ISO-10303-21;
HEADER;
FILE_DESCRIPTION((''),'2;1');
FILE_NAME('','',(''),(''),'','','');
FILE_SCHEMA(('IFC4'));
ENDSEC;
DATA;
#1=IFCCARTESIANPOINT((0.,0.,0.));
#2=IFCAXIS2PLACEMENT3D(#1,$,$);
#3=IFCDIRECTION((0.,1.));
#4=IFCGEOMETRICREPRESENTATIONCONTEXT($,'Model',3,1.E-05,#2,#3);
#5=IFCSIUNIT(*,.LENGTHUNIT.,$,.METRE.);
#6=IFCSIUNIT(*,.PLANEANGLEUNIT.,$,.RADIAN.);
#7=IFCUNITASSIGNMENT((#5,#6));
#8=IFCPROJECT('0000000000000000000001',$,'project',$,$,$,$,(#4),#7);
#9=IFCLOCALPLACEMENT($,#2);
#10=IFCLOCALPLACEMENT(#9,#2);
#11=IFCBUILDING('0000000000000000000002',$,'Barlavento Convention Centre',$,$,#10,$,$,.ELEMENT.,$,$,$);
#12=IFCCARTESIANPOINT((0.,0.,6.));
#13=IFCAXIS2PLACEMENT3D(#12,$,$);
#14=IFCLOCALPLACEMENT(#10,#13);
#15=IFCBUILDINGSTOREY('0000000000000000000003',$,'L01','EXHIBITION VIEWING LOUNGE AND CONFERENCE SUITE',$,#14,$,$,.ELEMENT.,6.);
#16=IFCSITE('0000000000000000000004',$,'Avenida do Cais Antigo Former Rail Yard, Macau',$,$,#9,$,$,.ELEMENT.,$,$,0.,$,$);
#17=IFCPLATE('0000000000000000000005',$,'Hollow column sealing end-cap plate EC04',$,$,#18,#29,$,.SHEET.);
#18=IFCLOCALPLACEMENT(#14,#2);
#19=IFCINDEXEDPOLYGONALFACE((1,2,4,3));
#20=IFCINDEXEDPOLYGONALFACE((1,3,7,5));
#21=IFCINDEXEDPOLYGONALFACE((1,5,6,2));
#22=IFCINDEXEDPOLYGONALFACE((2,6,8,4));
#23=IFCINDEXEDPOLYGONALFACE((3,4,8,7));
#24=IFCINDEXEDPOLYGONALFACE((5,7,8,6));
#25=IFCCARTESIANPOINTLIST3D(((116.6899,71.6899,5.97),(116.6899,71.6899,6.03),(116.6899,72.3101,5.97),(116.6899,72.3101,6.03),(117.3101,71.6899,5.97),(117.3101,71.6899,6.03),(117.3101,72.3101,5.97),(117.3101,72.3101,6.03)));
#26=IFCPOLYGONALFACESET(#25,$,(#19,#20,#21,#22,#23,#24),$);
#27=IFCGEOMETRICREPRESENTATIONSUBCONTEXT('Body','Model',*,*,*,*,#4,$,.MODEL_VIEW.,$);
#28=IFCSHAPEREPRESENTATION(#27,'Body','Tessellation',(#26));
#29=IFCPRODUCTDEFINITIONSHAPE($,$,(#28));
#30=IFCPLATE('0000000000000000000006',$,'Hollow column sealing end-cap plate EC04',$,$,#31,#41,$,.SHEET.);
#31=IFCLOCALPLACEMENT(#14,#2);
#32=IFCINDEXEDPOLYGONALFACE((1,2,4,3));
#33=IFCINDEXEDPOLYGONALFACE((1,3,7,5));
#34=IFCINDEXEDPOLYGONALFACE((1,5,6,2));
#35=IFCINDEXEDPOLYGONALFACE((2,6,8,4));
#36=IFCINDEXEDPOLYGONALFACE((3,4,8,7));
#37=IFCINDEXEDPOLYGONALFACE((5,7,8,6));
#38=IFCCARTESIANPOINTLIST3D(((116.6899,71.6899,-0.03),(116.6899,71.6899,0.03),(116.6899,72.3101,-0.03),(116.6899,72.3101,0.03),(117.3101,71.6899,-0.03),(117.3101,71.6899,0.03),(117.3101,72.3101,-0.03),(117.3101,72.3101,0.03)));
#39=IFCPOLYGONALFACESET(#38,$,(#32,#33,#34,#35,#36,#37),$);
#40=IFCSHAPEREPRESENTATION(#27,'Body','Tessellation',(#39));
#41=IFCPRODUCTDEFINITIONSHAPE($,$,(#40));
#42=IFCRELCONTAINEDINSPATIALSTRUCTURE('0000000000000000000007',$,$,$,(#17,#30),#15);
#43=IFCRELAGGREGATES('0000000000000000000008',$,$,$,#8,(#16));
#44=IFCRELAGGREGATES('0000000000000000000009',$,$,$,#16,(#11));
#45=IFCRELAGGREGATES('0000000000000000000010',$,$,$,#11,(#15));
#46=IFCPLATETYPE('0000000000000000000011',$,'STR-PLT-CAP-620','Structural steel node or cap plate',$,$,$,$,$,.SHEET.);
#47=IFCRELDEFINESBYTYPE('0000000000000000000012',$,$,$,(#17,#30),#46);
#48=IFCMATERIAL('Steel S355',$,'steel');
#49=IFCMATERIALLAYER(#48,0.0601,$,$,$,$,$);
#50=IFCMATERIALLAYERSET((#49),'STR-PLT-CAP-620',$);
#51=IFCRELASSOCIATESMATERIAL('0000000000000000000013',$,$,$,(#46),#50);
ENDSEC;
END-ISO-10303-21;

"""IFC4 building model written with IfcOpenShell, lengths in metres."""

from ifc_helpers import new_model, si_unit, direction, frame, origin, origin_2d, place, context, subcontext, project, spatial, rectangle, extrude, material, layer, layer_set, type_object, element, save


model = new_model("IFC4")

# Units and contexts
model_context = context("Model", 3, precision=1e-05, world=origin(), true_north=direction((0.0, 1.0)))
body_context = subcontext(model_context, "Body", "Model", "MODEL_VIEW")
ifc_project = project(units=[si_unit("LENGTHUNIT", "METRE"), si_unit("PLANEANGLEUNIT", "RADIAN")], contexts=[model_context])

# Site, building, storey
site_placement = place(None, origin())
site = spatial("IfcSite", under=ifc_project, at=site_placement, Name="Avenida do Cais Antigo Former Rail Yard, Macau", CompositionType="ELEMENT", RefElevation=0.0)
building_placement = place(site_placement, origin())
building = spatial("IfcBuilding", under=site, at=building_placement, Name="Barlavento Convention Centre", CompositionType="ELEMENT")
storey_placement = place(building_placement, frame((0.0, 0.0, 6.0)))
storey = spatial("IfcBuildingStorey", under=building, at=storey_placement, Name="L01", Description="EXHIBITION VIEWING LOUNGE AND CONFERENCE SUITE", CompositionType="ELEMENT", Elevation=6.0)

# Shared definitions
ifc_material_1 = material(Name="Steel S355", Category="steel")

# Plates
ifc_layer = layer(ifc_material_1, 0.0601)
ifc_layer_set = layer_set([ifc_layer], Name="STR-PLT-CAP-620")
plate_type = type_object("IfcPlateType", Name="STR-PLT-CAP-620", Description="Structural steel node or cap plate", PredefinedType="SHEET", material=ifc_layer_set)
for number, where, z_axis, x_axis, name in (
    (1, (117.0, 72.0, 5.97), (0.0, 0.0, 1.0), (1.0, 0.0, 0.0), "Hollow column sealing end-cap plate EC04"),
    (2, (117.0, 72.0, -0.03), (0.0, 0.0, 1.0), (1.0, 0.0, 0.0), "Hollow column sealing end-cap plate EC04"),
):
    element("IfcPlate", number, at=place(storey_placement, frame(where, z_axis=z_axis, x_axis=x_axis)), inside=storey, type_object=plate_type, Name=name, PredefinedType="SHEET", context=body_context, shape_type="SweptSolid", body=[
        extrude(rectangle(XDim=0.6201, YDim=0.6201, at=origin_2d()), origin(), (0.0, 0.0, 1.0), 0.0601),
    ])

save(model, "model.ifc")
